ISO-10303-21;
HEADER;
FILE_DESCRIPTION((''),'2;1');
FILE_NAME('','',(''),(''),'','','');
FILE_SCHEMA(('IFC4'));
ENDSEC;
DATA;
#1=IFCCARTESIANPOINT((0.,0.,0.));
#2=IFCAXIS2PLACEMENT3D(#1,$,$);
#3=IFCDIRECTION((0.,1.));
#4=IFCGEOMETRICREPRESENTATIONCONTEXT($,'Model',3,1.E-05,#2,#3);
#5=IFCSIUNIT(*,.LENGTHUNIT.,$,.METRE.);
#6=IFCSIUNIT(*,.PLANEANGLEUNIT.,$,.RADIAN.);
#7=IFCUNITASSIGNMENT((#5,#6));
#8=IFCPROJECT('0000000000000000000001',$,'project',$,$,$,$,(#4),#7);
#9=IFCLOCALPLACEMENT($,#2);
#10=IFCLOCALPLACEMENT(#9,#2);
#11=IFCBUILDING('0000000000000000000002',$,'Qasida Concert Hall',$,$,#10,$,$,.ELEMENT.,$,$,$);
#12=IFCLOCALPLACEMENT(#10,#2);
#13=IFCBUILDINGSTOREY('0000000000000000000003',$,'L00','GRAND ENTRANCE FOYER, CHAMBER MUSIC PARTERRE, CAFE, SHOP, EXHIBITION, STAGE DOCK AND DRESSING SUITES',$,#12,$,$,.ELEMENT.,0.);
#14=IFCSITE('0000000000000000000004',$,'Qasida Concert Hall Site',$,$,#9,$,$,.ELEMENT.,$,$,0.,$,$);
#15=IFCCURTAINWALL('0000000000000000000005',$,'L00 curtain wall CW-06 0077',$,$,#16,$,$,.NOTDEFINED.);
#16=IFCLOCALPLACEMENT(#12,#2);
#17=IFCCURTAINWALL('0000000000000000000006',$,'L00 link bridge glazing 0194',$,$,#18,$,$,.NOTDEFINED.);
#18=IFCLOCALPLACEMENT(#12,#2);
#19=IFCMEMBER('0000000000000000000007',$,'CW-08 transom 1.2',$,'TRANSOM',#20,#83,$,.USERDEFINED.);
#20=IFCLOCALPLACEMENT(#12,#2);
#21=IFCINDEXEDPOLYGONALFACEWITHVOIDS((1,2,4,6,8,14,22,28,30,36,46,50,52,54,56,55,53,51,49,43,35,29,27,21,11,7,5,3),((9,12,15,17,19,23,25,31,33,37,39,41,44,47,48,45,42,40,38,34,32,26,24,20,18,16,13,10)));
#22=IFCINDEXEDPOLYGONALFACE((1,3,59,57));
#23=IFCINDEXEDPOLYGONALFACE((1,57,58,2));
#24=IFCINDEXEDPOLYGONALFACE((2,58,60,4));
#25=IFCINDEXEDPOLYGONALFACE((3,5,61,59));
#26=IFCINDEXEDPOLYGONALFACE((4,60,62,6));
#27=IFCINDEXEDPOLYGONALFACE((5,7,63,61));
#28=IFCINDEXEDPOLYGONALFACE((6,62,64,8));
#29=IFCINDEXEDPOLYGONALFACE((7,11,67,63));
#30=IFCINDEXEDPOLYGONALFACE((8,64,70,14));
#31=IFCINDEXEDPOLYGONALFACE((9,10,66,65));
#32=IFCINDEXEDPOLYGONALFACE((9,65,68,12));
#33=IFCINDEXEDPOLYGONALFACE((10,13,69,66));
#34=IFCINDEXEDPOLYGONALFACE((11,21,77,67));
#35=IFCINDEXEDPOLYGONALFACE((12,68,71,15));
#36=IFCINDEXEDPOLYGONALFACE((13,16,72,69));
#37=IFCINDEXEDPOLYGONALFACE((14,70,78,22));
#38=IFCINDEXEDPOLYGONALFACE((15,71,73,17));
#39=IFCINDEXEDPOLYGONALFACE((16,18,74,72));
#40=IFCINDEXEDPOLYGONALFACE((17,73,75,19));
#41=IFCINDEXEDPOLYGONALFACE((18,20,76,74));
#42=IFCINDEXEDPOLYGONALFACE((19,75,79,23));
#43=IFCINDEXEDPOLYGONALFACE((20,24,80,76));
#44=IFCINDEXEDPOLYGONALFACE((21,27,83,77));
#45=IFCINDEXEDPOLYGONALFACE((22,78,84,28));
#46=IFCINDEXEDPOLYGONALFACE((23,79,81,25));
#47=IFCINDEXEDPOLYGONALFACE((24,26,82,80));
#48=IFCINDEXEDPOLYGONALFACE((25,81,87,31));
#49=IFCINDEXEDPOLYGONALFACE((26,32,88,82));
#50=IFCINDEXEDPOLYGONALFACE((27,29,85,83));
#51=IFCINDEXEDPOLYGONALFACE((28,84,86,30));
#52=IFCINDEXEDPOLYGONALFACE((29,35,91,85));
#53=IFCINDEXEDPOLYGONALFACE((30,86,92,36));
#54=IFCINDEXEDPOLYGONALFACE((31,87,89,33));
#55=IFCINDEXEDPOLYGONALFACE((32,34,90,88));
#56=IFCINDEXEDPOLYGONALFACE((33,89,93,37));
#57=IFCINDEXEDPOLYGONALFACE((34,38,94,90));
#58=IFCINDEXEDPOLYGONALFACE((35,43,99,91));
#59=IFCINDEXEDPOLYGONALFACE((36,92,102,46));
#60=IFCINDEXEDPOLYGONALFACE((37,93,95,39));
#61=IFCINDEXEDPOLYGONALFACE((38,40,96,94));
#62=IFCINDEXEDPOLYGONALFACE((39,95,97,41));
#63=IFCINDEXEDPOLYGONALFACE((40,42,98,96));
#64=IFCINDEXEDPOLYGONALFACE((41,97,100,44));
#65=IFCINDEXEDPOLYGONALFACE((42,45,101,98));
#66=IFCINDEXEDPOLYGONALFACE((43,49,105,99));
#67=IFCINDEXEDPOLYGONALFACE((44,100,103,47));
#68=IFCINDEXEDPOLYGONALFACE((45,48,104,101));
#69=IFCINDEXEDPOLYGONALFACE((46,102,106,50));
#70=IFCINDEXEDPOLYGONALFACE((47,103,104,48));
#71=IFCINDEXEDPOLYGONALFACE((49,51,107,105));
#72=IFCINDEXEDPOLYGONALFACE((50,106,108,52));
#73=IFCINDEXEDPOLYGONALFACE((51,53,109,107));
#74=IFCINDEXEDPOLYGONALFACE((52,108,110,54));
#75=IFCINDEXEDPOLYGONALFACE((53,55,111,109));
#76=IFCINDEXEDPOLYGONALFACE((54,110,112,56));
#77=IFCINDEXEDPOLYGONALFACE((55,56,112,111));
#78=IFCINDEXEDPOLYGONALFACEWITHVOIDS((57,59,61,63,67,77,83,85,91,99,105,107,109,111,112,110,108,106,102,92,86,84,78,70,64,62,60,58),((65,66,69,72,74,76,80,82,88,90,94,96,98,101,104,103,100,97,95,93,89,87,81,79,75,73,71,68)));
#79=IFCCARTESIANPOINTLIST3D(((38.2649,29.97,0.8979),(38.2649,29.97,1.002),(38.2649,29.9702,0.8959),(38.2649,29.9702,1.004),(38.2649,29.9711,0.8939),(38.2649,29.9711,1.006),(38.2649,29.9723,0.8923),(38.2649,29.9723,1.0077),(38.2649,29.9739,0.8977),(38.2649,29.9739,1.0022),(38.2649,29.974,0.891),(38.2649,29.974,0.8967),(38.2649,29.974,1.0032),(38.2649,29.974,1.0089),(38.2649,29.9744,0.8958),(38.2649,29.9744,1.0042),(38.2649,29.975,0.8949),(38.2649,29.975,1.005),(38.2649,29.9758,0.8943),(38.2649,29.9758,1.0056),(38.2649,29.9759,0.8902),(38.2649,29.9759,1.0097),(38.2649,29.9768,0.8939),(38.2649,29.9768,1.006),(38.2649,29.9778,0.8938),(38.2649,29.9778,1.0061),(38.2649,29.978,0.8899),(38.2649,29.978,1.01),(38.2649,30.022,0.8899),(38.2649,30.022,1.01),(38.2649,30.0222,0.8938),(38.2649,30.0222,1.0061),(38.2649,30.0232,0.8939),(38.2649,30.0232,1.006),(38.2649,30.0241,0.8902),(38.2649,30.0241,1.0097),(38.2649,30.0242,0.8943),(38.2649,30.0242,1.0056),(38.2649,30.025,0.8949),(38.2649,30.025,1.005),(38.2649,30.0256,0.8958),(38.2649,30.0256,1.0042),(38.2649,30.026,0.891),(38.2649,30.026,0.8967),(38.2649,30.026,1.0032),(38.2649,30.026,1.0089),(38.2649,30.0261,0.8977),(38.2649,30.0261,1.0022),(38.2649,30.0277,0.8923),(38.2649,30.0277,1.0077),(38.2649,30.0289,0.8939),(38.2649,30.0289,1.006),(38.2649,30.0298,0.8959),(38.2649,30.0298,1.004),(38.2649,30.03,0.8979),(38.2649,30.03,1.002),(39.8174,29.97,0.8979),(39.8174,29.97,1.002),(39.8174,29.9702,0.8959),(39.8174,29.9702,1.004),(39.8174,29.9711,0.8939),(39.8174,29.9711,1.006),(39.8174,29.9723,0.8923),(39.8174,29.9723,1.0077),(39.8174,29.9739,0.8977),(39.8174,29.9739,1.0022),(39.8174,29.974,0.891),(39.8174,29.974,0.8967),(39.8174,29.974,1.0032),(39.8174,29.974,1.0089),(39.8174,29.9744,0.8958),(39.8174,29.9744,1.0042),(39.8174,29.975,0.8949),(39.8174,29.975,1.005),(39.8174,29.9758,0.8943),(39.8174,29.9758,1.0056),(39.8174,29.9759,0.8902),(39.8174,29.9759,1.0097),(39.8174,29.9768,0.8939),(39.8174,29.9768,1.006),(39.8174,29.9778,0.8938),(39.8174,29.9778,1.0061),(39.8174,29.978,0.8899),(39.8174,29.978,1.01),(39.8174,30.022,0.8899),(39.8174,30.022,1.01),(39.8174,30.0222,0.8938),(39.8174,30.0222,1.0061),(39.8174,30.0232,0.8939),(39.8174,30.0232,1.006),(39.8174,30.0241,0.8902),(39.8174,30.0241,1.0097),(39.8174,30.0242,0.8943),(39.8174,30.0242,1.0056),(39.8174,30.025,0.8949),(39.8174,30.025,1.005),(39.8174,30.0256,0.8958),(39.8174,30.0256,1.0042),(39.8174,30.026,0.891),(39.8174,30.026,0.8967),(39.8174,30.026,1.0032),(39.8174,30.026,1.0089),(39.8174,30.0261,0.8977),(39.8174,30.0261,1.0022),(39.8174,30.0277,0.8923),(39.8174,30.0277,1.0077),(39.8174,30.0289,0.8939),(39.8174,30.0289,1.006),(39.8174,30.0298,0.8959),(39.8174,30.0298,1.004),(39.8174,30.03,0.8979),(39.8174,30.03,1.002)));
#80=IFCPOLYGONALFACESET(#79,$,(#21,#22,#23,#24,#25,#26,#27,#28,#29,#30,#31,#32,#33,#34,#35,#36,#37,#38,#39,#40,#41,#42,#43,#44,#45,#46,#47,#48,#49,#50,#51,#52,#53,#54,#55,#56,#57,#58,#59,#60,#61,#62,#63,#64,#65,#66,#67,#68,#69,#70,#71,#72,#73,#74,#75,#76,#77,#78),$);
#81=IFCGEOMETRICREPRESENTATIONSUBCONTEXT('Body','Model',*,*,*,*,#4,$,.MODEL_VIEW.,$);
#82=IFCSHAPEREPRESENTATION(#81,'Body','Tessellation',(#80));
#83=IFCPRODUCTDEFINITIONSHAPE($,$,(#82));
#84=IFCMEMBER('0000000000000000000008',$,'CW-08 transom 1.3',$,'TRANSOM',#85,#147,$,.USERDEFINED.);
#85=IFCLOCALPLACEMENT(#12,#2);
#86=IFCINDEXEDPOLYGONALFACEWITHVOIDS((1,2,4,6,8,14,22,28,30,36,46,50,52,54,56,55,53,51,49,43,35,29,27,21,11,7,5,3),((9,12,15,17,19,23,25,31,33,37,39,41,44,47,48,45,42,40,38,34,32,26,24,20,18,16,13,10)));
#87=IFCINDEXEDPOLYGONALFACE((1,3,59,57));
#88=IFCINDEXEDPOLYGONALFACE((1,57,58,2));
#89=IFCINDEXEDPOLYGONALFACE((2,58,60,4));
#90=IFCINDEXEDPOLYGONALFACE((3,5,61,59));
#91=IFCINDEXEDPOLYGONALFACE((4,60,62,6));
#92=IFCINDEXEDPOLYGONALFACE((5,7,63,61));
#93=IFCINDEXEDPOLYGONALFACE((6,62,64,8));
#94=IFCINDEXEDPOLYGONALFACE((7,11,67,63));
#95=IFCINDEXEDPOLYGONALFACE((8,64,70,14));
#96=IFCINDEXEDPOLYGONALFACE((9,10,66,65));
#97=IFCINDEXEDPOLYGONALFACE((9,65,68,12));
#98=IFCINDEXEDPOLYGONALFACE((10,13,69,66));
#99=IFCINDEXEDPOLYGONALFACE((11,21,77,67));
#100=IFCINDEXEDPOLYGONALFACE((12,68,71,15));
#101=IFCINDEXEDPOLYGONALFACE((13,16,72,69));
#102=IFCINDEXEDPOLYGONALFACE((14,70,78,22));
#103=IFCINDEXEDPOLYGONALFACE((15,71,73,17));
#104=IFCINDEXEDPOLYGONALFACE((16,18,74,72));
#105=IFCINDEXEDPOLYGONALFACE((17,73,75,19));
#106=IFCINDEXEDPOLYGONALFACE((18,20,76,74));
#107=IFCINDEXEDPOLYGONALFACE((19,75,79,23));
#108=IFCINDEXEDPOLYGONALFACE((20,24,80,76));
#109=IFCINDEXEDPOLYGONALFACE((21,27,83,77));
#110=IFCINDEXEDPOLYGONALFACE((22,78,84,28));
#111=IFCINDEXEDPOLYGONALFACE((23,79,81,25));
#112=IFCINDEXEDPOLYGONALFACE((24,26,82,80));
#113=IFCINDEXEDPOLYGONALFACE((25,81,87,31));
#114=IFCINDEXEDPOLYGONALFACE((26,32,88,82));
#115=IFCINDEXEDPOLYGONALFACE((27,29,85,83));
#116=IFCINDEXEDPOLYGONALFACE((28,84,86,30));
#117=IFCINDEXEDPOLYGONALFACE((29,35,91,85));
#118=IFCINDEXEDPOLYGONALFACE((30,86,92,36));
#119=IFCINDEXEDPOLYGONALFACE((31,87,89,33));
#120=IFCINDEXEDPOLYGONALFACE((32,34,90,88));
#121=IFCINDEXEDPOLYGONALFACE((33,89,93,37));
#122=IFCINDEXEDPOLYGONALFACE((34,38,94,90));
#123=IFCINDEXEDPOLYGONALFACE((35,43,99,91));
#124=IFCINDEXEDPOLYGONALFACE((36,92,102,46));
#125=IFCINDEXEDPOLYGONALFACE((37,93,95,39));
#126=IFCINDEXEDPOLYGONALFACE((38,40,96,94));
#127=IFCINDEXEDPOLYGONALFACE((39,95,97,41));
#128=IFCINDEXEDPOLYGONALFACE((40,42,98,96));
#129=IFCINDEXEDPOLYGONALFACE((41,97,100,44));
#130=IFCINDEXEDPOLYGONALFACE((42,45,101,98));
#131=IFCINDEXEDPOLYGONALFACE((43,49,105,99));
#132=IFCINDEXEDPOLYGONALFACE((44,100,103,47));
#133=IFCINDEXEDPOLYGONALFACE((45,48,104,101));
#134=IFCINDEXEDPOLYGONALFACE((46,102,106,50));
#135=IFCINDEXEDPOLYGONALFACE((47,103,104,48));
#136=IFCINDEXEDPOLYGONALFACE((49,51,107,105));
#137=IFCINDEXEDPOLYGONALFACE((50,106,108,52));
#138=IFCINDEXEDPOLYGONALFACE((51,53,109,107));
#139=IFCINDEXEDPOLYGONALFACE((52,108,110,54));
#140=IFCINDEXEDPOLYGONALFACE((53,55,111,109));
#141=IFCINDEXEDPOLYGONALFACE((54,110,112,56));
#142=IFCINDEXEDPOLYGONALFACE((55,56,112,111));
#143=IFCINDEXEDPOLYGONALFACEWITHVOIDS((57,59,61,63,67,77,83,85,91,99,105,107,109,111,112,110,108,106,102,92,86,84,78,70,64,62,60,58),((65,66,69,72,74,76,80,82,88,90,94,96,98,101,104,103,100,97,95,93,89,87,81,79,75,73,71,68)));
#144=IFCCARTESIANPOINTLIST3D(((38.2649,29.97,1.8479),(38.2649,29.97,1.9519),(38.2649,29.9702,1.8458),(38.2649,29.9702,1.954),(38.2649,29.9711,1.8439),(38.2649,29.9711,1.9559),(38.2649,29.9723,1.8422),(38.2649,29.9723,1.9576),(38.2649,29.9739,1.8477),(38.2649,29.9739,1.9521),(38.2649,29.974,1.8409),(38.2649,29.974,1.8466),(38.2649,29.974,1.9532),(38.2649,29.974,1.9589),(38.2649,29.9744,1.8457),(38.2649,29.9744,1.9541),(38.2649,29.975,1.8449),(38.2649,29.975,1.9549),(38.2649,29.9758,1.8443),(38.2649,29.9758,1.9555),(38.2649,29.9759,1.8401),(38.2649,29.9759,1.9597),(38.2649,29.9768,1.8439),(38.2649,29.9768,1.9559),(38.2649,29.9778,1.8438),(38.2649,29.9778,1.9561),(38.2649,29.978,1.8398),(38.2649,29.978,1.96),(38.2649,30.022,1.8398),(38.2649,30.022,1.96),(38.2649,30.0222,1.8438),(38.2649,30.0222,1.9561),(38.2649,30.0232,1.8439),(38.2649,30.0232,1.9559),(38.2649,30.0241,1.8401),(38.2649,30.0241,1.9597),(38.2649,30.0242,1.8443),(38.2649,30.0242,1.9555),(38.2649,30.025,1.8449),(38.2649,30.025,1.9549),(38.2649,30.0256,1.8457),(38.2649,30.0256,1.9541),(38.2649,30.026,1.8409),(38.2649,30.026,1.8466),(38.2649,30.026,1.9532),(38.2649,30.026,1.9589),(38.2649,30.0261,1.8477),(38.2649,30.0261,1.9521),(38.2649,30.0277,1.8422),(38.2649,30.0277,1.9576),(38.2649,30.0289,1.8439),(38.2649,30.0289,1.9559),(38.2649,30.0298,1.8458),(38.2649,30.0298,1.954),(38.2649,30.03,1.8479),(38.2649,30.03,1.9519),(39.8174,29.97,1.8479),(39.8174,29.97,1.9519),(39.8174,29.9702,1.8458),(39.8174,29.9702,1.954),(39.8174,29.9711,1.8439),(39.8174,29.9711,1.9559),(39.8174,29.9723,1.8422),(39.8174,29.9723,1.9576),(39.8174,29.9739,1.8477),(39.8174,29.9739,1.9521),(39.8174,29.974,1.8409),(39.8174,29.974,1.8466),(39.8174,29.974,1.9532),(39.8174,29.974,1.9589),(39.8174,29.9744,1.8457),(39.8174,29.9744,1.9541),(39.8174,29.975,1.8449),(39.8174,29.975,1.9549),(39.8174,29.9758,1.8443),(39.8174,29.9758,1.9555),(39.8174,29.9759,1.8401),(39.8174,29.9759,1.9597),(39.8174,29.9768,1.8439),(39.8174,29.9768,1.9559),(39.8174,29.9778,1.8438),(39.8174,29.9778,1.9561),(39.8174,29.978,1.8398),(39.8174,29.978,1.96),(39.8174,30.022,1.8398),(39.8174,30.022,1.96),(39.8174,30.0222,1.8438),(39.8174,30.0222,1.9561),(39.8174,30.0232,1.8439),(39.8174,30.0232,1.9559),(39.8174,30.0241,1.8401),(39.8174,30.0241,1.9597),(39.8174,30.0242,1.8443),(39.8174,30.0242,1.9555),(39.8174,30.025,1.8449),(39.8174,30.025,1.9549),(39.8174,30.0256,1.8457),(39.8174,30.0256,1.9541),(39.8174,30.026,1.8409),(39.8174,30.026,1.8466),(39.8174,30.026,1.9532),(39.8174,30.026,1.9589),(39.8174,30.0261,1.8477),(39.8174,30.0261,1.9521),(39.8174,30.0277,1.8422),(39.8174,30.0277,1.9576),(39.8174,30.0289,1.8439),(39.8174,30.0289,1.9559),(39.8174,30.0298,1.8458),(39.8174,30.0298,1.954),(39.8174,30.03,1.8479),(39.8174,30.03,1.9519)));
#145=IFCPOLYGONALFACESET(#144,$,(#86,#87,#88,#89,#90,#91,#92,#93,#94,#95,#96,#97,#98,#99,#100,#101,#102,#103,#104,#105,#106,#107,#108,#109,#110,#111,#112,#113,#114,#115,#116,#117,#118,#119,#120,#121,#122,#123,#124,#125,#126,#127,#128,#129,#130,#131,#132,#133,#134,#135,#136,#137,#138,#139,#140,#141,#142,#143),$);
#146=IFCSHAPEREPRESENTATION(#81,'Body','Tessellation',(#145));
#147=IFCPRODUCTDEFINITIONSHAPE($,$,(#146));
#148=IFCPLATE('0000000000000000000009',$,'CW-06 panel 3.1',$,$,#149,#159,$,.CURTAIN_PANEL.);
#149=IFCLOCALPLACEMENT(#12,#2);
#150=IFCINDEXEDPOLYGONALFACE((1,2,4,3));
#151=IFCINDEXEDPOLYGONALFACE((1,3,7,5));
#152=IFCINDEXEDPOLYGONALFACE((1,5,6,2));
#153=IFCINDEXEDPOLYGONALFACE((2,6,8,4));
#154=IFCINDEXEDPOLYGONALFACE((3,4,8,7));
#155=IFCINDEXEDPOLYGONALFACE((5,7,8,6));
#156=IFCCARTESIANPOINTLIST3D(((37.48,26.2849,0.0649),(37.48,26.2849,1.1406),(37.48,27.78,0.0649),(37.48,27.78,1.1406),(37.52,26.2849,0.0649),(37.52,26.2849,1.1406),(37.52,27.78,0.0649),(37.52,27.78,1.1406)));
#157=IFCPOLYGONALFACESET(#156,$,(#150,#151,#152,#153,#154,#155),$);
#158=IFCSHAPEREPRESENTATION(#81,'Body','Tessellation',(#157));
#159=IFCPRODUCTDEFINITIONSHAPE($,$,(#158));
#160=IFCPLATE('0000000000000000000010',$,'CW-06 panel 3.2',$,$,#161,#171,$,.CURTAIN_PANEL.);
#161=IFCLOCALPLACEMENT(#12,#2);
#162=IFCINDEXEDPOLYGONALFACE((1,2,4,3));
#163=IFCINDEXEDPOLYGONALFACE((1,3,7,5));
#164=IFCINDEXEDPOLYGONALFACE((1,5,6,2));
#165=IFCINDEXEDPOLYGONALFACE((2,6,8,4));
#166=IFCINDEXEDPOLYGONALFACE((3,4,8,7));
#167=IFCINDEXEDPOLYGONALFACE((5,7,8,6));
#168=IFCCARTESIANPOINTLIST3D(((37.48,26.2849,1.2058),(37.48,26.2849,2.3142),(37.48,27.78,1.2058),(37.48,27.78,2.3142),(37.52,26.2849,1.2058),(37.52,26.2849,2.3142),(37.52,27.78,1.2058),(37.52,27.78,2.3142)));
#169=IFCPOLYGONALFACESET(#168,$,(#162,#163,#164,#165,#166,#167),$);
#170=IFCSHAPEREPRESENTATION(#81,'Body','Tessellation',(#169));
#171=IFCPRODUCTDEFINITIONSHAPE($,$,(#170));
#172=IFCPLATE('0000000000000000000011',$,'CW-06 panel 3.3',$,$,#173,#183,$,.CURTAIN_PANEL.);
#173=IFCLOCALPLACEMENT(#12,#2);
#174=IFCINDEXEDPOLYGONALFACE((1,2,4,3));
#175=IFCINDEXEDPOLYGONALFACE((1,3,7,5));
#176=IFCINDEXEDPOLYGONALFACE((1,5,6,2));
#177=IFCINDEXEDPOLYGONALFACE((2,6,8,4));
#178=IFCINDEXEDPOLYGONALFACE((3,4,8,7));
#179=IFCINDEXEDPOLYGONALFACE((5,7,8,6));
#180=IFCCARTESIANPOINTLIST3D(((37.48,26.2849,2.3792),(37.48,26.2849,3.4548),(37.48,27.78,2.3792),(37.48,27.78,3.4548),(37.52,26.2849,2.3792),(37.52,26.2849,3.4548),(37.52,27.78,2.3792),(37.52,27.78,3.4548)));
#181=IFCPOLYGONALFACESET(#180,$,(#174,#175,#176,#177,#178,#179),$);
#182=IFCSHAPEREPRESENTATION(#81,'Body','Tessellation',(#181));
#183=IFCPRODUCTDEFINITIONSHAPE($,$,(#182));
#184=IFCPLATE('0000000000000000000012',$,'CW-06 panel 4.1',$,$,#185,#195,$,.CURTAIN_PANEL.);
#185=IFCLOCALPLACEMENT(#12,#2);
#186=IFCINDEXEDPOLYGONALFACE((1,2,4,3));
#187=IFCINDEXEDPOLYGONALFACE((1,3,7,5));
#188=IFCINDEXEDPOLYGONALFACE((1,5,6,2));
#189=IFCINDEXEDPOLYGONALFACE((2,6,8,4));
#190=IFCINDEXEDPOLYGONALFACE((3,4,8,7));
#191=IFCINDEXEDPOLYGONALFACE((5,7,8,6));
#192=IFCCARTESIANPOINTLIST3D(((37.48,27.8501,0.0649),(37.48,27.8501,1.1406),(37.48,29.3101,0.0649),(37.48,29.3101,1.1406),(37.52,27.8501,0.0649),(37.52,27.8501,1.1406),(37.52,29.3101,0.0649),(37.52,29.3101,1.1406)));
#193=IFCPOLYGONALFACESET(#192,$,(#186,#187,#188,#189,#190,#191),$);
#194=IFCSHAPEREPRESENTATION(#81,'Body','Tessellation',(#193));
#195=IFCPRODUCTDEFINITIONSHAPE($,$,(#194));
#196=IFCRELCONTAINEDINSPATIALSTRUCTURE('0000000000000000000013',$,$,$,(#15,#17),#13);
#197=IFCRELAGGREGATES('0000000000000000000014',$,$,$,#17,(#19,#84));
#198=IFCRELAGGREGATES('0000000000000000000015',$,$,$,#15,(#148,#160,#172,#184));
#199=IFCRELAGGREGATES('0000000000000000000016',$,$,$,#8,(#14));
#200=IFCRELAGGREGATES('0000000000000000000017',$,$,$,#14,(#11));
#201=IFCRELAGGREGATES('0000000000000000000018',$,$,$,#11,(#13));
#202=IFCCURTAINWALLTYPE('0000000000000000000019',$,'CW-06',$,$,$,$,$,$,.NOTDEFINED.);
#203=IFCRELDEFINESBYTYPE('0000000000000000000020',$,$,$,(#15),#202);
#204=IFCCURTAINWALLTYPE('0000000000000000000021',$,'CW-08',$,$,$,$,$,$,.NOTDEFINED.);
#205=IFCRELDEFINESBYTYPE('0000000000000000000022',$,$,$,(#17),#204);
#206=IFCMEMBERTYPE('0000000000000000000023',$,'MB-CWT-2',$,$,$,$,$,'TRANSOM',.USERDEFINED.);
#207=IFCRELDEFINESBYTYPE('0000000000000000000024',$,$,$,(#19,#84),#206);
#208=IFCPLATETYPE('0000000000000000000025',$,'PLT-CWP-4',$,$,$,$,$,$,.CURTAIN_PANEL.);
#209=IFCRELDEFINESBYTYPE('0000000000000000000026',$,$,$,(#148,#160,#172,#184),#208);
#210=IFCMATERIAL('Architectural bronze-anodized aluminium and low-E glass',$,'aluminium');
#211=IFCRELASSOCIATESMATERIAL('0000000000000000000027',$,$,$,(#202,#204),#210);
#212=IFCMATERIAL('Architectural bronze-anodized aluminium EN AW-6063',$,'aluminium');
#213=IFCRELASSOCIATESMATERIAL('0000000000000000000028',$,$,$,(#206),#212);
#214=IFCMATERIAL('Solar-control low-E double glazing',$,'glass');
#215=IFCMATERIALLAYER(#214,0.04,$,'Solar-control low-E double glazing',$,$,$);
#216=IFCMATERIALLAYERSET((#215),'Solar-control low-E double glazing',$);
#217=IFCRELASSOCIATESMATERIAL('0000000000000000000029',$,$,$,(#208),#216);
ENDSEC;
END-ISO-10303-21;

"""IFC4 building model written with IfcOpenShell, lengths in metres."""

from ifc_helpers import new_model, si_unit, direction, frame, origin, origin_2d, place, context, subcontext, project, spatial, rectangle, hollow_rectangle, extrude, material, layer, layer_set, material_profile, profile_set, type_object, element, aggregate, save


model = new_model("IFC4")

# Units and contexts
model_context = context("Model", 3, precision=1e-05, world=origin(), true_north=direction((0.0, 1.0)))
body_context = subcontext(model_context, "Body", "Model", "MODEL_VIEW")
ifc_project = project(units=[si_unit("LENGTHUNIT", "METRE"), si_unit("PLANEANGLEUNIT", "RADIAN")], contexts=[model_context])

# Site, building, storey
site_placement = place(None, origin())
site = spatial("IfcSite", under=ifc_project, at=site_placement, Name="Qasida Concert Hall Site", CompositionType="ELEMENT", RefElevation=0.0)
building_placement = place(site_placement, origin())
building = spatial("IfcBuilding", under=site, at=building_placement, Name="Qasida Concert Hall", CompositionType="ELEMENT")
storey_placement = place(building_placement, origin())
storey = spatial("IfcBuildingStorey", under=building, at=storey_placement, Name="L00", Description="GRAND ENTRANCE FOYER, CHAMBER MUSIC PARTERRE, CAFE, SHOP, EXHIBITION, STAGE DOCK AND DRESSING SUITES", CompositionType="ELEMENT", Elevation=0.0)

# Curtain wall
ifc_material_1 = material(Name="Architectural bronze-anodized aluminium and low-E glass", Category="aluminium")
curtain_wall_type_1 = type_object("IfcCurtainWallType", Name="CW-06", PredefinedType="NOTDEFINED", material=ifc_material_1)
curtain_wall_1_placement = place(storey_placement, origin())
curtain_wall_1 = element("IfcCurtainWall", 1, at=curtain_wall_1_placement, inside=storey, type_object=curtain_wall_type_1, Name="L00 curtain wall CW-06 0077", PredefinedType="NOTDEFINED")
ifc_material_2 = material(Name="Architectural bronze-anodized aluminium EN AW-6063", Category="aluminium")

# Curtain wall
curtain_wall_type_2 = type_object("IfcCurtainWallType", Name="CW-08", PredefinedType="NOTDEFINED", material=ifc_material_1)
curtain_wall_2_placement = place(storey_placement, origin())
curtain_wall_2 = element("IfcCurtainWall", 2, at=curtain_wall_2_placement, inside=storey, type_object=curtain_wall_type_2, Name="L00 link bridge glazing 0194", PredefinedType="NOTDEFINED")

# Members
ifc_material_profile_1 = material_profile(ifc_material_2, hollow_rectangle(XDim=0.0601, YDim=0.1201, WallThickness=0.0039, InnerFilletRadius=0.0039, OuterFilletRadius=0.0081, at=origin_2d()), Name="CWT 120x60x4")
ifc_profile_set_1 = profile_set([ifc_material_profile_1], Name="Architectural bronze-anodized aluminium EN AW-6063")
member_type_1 = type_object("IfcMemberType", Name="MB-CWT-2", ElementType="TRANSOM", PredefinedType="USERDEFINED", material=ifc_profile_set_1)
member_1_placement = place(storey_placement, frame((38.2649, 30.0, 0.95), z_axis=(1.0, 0.0, 0.0), x_axis=(0.0, 1.0, 0.0)))
member_1 = element("IfcMember", 3, at=member_1_placement, type_object=member_type_1, Name="CW-08 transom 1.2", ObjectType="TRANSOM", PredefinedType="USERDEFINED", context=body_context, shape_type="SweptSolid", body=[
    extrude(hollow_rectangle(XDim=0.0601, YDim=0.1201, WallThickness=0.0039, InnerFilletRadius=0.0039, OuterFilletRadius=0.0081, at=origin_2d()), origin(), (0.0, 0.0, 1.0), 1.5525),
])
member_2_placement = place(storey_placement, frame((38.2649, 30.0, 1.8999), z_axis=(1.0, 0.0, 0.0), x_axis=(0.0, 1.0, 0.0)))
member_2 = element("IfcMember", 4, at=member_2_placement, type_object=member_type_1, Name="CW-08 transom 1.3", ObjectType="TRANSOM", PredefinedType="USERDEFINED", context=body_context, shape_type="SweptSolid", body=[
    extrude(hollow_rectangle(XDim=0.0601, YDim=0.1201, WallThickness=0.0039, InnerFilletRadius=0.0039, OuterFilletRadius=0.0081, at=origin_2d()), origin(), (0.0, 0.0, 1.0), 1.5525),
])
aggregate(curtain_wall_2, [member_1, member_2])

# Plates
ifc_material_3 = material(Name="Solar-control low-E double glazing", Category="glass")
ifc_layer = layer(ifc_material_3, 0.04, Name="Solar-control low-E double glazing")
ifc_layer_set = layer_set([ifc_layer], Name="Solar-control low-E double glazing")
plate_type = type_object("IfcPlateType", Name="PLT-CWP-4", PredefinedType="CURTAIN_PANEL", material=ifc_layer_set)
plate_1_placement = place(storey_placement, frame((37.5, 27.0325, 0.0649), z_axis=(0.0, 0.0, 1.0), x_axis=(0.0, 1.0, 0.0)))
plate_1 = element("IfcPlate", 5, at=plate_1_placement, type_object=plate_type, Name="CW-06 panel 3.1", PredefinedType="CURTAIN_PANEL", context=body_context, shape_type="SweptSolid", body=[
    extrude(rectangle(XDim=1.4951, YDim=0.04, at=origin_2d()), origin(), (0.0, 0.0, 1.0), 1.0757),
])
plate_2_placement = place(storey_placement, frame((37.5, 27.0325, 1.2058), z_axis=(0.0, 0.0, 1.0), x_axis=(0.0, 1.0, 0.0)))
plate_2 = element("IfcPlate", 6, at=plate_2_placement, type_object=plate_type, Name="CW-06 panel 3.2", PredefinedType="CURTAIN_PANEL", context=body_context, shape_type="SweptSolid", body=[
    extrude(rectangle(XDim=1.4951, YDim=0.04, at=origin_2d()), origin(), (0.0, 0.0, 1.0), 1.1084),
])
plate_3_placement = place(storey_placement, frame((37.5, 27.0325, 2.3792), z_axis=(0.0, 0.0, 1.0), x_axis=(0.0, 1.0, 0.0)))
plate_3 = element("IfcPlate", 7, at=plate_3_placement, type_object=plate_type, Name="CW-06 panel 3.3", PredefinedType="CURTAIN_PANEL", context=body_context, shape_type="SweptSolid", body=[
    extrude(rectangle(XDim=1.4951, YDim=0.04, at=origin_2d()), origin(), (0.0, 0.0, 1.0), 1.0757),
])
plate_4_placement = place(storey_placement, frame((37.5, 28.5801, 0.0649), z_axis=(0.0, 0.0, 1.0), x_axis=(0.0, 1.0, 0.0)))
plate_4 = element("IfcPlate", 8, at=plate_4_placement, type_object=plate_type, Name="CW-06 panel 4.1", PredefinedType="CURTAIN_PANEL", context=body_context, shape_type="SweptSolid", body=[
    extrude(rectangle(XDim=1.46, YDim=0.04, at=origin_2d()), origin(), (0.0, 0.0, 1.0), 1.0757),
])
aggregate(curtain_wall_1, [plate_1, plate_2, plate_3, plate_4])

save(model, "model.ifc")
